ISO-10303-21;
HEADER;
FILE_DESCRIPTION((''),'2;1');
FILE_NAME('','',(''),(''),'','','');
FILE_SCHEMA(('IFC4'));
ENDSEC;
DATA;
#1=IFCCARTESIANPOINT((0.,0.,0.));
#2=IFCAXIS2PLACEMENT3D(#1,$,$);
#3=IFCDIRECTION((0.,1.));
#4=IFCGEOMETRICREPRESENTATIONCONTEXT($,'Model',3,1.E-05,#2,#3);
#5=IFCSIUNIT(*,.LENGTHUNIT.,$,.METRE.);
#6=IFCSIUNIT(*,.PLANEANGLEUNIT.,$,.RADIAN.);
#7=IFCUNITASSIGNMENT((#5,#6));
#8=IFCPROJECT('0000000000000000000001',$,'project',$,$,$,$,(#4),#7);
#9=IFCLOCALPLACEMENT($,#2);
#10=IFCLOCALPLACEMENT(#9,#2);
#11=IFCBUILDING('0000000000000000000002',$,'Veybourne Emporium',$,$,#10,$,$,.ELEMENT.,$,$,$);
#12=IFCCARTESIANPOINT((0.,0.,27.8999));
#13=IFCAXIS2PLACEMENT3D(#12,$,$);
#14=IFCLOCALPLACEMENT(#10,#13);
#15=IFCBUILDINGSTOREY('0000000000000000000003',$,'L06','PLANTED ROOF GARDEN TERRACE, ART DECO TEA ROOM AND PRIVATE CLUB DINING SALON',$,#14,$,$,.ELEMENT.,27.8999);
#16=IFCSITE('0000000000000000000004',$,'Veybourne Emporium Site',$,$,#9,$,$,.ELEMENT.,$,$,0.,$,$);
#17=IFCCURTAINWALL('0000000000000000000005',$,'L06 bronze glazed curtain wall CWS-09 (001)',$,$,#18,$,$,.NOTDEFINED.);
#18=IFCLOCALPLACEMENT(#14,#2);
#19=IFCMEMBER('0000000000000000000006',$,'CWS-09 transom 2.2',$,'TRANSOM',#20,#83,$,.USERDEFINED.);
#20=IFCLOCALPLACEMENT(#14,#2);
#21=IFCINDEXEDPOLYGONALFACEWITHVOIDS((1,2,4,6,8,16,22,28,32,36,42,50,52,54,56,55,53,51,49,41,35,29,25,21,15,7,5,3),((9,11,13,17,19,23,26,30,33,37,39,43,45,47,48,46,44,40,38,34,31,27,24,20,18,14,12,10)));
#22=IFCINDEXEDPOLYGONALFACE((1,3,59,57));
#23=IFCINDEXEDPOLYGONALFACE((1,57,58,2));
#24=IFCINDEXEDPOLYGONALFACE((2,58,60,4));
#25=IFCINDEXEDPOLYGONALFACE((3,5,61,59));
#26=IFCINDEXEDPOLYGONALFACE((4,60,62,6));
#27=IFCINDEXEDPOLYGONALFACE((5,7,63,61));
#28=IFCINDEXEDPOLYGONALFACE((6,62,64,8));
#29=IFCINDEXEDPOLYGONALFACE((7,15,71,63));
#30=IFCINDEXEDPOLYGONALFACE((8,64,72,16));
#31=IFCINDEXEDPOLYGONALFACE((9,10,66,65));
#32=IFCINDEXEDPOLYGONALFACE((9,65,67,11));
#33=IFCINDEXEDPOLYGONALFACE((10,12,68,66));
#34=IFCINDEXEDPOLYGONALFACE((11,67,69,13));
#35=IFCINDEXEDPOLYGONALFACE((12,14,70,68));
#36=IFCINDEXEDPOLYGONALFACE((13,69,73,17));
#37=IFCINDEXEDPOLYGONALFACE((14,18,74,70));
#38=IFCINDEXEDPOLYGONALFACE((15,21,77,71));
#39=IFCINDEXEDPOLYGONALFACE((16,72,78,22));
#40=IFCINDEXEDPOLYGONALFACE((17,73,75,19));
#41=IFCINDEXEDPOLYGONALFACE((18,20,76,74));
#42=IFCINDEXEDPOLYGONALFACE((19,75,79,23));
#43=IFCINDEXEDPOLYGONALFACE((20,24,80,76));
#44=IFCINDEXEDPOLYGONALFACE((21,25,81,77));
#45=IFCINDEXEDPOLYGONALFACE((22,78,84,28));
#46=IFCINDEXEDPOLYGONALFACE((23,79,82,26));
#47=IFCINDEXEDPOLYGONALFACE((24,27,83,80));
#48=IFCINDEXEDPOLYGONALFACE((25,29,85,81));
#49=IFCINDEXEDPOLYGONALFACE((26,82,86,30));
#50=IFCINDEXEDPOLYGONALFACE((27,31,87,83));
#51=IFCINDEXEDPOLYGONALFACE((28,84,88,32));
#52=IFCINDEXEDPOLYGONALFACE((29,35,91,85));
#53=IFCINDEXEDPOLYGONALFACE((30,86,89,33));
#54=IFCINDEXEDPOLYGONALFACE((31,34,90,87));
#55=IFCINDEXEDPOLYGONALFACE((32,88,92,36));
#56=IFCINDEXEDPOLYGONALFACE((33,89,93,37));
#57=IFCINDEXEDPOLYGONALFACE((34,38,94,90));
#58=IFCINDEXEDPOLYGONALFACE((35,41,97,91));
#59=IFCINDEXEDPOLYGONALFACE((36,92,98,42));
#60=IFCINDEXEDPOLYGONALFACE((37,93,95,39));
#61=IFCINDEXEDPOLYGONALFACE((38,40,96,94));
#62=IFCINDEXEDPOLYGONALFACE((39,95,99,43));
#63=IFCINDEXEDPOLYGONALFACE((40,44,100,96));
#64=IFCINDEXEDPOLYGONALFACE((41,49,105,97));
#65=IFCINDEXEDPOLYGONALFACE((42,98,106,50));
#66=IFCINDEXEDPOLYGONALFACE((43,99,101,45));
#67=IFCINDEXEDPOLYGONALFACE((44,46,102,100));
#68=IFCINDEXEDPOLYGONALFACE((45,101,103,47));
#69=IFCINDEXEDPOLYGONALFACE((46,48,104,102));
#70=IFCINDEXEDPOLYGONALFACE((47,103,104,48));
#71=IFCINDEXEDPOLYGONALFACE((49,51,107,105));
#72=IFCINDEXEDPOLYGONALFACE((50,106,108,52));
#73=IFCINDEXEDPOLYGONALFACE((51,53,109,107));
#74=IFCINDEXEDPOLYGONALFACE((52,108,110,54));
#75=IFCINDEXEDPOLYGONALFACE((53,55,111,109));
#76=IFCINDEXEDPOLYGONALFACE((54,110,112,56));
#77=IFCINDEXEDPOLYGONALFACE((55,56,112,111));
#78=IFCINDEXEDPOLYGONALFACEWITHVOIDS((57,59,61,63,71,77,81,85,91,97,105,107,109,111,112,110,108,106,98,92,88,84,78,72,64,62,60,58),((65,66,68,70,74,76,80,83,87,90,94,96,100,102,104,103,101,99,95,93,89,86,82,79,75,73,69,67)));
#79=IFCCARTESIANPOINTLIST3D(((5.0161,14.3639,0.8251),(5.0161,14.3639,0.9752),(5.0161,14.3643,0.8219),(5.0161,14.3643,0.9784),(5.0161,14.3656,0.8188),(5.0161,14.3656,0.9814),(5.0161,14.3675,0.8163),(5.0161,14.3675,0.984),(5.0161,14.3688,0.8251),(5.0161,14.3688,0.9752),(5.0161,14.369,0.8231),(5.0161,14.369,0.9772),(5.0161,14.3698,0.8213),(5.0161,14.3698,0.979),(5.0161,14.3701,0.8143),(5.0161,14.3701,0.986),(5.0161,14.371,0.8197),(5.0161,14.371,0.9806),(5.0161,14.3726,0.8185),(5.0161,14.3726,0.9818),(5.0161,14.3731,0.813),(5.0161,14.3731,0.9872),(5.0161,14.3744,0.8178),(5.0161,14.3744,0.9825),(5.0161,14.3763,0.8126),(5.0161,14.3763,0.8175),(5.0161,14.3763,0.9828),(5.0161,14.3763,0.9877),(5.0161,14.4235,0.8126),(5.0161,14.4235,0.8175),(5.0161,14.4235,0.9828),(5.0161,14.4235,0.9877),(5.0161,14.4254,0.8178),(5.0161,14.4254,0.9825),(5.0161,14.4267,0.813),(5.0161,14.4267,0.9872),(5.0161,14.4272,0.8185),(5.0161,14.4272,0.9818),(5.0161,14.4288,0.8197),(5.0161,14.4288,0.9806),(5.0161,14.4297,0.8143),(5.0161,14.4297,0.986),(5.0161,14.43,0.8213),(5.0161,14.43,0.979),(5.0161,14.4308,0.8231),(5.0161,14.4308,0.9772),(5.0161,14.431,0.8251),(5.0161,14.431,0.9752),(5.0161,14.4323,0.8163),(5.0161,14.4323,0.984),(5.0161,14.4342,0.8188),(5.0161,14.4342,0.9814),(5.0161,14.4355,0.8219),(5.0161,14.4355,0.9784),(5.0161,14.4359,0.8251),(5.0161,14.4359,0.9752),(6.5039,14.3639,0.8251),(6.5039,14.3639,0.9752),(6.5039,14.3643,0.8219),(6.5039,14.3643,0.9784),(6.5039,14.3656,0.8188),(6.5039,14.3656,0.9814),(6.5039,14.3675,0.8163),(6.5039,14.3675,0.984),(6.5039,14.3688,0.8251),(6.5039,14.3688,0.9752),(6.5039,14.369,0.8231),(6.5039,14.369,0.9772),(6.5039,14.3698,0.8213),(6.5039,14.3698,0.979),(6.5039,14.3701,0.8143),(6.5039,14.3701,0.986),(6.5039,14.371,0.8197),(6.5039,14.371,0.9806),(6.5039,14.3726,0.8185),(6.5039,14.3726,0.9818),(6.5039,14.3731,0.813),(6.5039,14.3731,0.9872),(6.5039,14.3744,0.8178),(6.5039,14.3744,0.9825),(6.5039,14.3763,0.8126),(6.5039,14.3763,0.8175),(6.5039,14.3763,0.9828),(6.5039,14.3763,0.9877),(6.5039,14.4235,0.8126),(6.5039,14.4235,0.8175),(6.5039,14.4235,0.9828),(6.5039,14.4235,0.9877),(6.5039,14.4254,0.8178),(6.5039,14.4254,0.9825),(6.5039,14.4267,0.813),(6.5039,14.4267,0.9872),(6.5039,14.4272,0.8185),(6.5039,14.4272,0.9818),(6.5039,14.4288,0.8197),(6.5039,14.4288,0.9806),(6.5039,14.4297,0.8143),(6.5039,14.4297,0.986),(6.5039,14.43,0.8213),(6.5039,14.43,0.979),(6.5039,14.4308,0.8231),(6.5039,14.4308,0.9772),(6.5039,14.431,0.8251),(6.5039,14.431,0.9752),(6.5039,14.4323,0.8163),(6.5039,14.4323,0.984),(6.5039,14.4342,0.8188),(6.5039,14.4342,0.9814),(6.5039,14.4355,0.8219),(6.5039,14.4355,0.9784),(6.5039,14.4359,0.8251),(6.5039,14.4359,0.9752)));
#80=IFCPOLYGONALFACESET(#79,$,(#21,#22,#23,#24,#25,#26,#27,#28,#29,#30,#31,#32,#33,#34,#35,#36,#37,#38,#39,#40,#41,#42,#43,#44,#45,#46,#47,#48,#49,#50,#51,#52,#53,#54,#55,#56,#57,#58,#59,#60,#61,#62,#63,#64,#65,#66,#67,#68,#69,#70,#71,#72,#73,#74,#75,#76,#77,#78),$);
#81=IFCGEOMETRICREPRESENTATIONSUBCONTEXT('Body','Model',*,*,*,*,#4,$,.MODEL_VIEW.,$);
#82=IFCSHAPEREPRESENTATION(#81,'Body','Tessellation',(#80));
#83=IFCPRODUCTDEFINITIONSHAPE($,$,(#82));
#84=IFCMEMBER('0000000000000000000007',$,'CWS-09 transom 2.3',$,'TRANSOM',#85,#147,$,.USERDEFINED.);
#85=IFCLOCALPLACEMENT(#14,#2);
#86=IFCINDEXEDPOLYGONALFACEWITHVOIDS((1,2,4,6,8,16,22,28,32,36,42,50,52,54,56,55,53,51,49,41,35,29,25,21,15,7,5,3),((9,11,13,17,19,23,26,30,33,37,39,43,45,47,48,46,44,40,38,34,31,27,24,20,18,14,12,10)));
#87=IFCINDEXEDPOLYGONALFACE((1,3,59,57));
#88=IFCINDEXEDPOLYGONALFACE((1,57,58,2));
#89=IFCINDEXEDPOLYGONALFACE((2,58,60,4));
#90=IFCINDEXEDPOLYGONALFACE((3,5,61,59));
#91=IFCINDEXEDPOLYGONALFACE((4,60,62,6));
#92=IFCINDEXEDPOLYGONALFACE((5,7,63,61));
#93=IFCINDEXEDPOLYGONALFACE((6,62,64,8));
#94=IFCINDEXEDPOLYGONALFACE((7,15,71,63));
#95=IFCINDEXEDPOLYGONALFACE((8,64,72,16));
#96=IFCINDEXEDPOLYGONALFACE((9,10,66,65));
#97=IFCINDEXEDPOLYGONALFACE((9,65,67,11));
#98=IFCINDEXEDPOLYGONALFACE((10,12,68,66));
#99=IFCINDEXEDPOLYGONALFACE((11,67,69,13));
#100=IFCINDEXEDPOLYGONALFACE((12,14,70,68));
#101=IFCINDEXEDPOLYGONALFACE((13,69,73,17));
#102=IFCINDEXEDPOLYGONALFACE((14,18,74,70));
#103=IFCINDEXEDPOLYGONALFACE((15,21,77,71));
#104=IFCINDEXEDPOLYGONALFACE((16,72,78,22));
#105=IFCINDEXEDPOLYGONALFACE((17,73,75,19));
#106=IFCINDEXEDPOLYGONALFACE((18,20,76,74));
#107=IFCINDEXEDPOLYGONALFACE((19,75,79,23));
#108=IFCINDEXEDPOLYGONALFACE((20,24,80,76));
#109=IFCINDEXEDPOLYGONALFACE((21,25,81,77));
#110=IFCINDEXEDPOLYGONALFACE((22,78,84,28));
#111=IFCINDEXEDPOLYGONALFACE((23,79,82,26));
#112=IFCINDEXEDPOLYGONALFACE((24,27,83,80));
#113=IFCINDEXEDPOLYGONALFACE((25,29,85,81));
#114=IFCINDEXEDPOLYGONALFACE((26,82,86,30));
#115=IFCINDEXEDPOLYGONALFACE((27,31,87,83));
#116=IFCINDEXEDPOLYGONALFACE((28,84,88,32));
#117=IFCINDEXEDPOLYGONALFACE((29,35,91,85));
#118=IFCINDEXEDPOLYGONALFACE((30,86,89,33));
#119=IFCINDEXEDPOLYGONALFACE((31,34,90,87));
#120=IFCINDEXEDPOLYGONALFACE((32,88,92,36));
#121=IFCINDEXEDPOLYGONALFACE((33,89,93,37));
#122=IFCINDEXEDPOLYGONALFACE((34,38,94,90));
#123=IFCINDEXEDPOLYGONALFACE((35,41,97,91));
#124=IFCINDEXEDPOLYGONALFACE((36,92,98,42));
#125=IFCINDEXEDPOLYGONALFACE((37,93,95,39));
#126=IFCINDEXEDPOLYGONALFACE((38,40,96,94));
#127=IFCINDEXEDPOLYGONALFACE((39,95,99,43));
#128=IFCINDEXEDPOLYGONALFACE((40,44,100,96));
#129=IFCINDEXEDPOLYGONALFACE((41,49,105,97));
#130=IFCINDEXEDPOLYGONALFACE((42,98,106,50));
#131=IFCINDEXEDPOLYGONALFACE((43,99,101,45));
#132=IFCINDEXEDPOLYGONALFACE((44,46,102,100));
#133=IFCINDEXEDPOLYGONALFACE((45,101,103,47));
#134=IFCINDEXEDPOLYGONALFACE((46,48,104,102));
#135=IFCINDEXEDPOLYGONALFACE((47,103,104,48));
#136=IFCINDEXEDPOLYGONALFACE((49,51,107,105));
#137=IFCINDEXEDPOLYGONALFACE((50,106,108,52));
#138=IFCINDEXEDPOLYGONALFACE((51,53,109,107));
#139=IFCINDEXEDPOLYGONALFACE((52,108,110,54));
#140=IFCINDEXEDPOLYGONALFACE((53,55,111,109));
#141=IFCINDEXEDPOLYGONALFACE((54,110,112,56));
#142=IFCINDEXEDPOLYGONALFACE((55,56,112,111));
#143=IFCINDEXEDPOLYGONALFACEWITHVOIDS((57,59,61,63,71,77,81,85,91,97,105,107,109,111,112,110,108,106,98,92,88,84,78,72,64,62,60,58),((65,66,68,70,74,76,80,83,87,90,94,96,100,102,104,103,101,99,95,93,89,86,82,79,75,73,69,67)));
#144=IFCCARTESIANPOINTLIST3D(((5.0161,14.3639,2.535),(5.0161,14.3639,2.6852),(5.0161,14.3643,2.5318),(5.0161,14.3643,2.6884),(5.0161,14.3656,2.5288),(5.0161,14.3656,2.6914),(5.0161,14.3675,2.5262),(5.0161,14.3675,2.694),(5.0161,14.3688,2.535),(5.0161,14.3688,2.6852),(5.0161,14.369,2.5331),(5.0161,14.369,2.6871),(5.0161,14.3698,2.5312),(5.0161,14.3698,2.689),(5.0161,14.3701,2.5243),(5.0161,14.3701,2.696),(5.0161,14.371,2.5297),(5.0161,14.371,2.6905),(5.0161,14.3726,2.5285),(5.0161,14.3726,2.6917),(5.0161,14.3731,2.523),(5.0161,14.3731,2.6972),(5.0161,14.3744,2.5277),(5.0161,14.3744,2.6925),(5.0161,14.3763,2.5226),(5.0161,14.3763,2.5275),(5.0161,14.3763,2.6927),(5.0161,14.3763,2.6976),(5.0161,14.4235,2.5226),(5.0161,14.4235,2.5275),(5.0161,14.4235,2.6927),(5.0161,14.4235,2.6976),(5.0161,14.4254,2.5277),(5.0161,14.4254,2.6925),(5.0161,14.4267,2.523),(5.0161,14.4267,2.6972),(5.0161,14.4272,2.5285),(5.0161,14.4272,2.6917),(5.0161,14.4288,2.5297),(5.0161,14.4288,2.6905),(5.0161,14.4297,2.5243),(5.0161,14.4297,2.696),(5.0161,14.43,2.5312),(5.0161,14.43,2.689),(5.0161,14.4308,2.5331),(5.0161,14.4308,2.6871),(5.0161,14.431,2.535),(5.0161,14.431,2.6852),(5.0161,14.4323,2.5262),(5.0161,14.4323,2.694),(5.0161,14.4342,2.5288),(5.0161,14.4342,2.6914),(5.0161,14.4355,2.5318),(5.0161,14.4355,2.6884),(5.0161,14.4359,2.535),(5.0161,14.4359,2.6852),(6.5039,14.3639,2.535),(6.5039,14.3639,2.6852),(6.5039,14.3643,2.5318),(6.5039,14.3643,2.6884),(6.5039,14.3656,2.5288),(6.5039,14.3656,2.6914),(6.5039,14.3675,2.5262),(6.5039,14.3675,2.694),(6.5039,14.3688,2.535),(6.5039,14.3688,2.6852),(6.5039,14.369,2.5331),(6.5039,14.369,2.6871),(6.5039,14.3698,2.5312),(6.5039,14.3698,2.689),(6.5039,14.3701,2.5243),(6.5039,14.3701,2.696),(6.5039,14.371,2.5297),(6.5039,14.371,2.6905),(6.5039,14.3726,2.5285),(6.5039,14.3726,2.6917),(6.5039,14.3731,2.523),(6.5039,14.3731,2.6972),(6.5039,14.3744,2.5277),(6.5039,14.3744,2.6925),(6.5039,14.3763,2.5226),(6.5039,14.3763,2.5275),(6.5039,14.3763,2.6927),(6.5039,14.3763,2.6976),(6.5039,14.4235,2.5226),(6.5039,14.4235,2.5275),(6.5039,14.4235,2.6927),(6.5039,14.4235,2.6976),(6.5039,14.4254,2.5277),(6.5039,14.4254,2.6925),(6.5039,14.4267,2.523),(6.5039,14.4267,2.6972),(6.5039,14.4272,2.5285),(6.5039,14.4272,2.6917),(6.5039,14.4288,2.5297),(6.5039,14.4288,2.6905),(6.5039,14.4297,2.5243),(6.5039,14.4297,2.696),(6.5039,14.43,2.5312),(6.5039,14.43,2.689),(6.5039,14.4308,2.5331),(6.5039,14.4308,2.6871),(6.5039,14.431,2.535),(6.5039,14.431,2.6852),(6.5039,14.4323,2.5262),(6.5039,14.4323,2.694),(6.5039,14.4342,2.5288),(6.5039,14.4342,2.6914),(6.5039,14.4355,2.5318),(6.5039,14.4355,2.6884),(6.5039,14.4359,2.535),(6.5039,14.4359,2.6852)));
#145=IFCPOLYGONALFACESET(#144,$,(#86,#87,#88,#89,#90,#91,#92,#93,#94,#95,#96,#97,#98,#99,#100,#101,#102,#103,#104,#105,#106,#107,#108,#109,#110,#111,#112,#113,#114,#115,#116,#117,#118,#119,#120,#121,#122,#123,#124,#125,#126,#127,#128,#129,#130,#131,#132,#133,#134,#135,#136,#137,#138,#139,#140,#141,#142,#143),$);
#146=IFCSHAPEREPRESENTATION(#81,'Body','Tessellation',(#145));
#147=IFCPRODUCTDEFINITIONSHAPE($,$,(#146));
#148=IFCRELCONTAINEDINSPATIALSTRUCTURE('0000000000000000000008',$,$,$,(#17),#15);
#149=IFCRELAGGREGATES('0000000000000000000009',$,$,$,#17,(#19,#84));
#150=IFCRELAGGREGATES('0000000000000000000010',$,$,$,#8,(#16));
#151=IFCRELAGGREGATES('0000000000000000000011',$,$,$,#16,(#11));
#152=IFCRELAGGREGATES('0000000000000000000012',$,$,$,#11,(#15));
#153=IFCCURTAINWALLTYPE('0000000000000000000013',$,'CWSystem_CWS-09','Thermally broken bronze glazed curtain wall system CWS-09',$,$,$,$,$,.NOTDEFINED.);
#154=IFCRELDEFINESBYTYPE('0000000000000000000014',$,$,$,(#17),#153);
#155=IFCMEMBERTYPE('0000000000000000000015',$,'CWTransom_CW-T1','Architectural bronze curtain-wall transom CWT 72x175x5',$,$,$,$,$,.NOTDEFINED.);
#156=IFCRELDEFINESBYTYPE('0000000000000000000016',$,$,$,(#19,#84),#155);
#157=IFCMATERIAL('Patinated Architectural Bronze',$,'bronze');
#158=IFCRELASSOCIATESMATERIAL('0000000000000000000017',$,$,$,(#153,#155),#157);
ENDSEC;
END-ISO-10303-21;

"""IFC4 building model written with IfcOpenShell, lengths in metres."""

from ifc_helpers import new_model, si_unit, direction, frame, origin, origin_2d, place, context, subcontext, project, spatial, hollow_rectangle, extrude, material, material_profile, profile_set, type_object, element, aggregate, save


model = new_model("IFC4")

# Units and contexts
model_context = context("Model", 3, precision=1e-05, world=origin(), true_north=direction((0.0, 1.0)))
body_context = subcontext(model_context, "Body", "Model", "MODEL_VIEW")
ifc_project = project(units=[si_unit("LENGTHUNIT", "METRE"), si_unit("PLANEANGLEUNIT", "RADIAN")], contexts=[model_context])

# Site, building, storey
site_placement = place(None, origin())
site = spatial("IfcSite", under=ifc_project, at=site_placement, Name="Veybourne Emporium Site", CompositionType="ELEMENT", RefElevation=0.0)
building_placement = place(site_placement, origin())
building = spatial("IfcBuilding", under=site, at=building_placement, Name="Veybourne Emporium", CompositionType="ELEMENT")
storey_placement = place(building_placement, frame((0.0, 0.0, 27.8999)))
storey = spatial("IfcBuildingStorey", under=building, at=storey_placement, Name="L06", Description="PLANTED ROOF GARDEN TERRACE, ART DECO TEA ROOM AND PRIVATE CLUB DINING SALON", CompositionType="ELEMENT", Elevation=27.8999)

# Curtain wall
ifc_material_1 = material(Name="Patinated Architectural Bronze", Category="bronze")
curtain_wall_type_1 = type_object("IfcCurtainWallType", Name="CWSystem_CWS-09", Description="Thermally broken bronze glazed curtain wall system CWS-09", PredefinedType="NOTDEFINED", material=ifc_material_1)
curtain_wall_1_placement = place(storey_placement, origin())
curtain_wall_1 = element("IfcCurtainWall", 1, at=curtain_wall_1_placement, inside=storey, type_object=curtain_wall_type_1, Name="L06 bronze glazed curtain wall CWS-09 (001)", PredefinedType="NOTDEFINED")

# Members
ifc_material_profile_1 = material_profile(ifc_material_1, hollow_rectangle(XDim=0.072, YDim=0.175, WallThickness=0.0049, InnerFilletRadius=0.0076, OuterFilletRadius=0.0125, at=origin_2d()), Name="CWT 72x175x5")
ifc_profile_set_1 = profile_set([ifc_material_profile_1], Name="Patinated Architectural Bronze")
member_type_1 = type_object("IfcMemberType", Name="CWTransom_CW-T1", Description="Architectural bronze curtain-wall transom CWT 72x175x5", PredefinedType="NOTDEFINED", material=ifc_profile_set_1)
member_1_placement = place(storey_placement, frame((6.5039, 14.3999, 0.9001), z_axis=(-1.0, 0.0, 0.0), x_axis=(0.0, -1.0, 0.0)))
member_1 = element("IfcMember", 2, at=member_1_placement, type_object=member_type_1, Name="CWS-09 transom 2.2", ObjectType="TRANSOM", PredefinedType="USERDEFINED", context=body_context, shape_type="SweptSolid", body=[
    extrude(hollow_rectangle(XDim=0.072, YDim=0.175, WallThickness=0.0049, InnerFilletRadius=0.0076, OuterFilletRadius=0.0125, at=origin_2d()), origin(), (0.0, 0.0, 1.0), 1.4878),
])
member_2_placement = place(storey_placement, frame((6.5039, 14.3999, 2.6101), z_axis=(-1.0, 0.0, 0.0), x_axis=(0.0, -1.0, 0.0)))
member_2 = element("IfcMember", 3, at=member_2_placement, type_object=member_type_1, Name="CWS-09 transom 2.3", ObjectType="TRANSOM", PredefinedType="USERDEFINED", context=body_context, shape_type="SweptSolid", body=[
    extrude(hollow_rectangle(XDim=0.072, YDim=0.175, WallThickness=0.0049, InnerFilletRadius=0.0076, OuterFilletRadius=0.0125, at=origin_2d()), origin(), (0.0, 0.0, 1.0), 1.4878),
])

aggregate(curtain_wall_1, [member_1, member_2])

save(model, "model.ifc")
